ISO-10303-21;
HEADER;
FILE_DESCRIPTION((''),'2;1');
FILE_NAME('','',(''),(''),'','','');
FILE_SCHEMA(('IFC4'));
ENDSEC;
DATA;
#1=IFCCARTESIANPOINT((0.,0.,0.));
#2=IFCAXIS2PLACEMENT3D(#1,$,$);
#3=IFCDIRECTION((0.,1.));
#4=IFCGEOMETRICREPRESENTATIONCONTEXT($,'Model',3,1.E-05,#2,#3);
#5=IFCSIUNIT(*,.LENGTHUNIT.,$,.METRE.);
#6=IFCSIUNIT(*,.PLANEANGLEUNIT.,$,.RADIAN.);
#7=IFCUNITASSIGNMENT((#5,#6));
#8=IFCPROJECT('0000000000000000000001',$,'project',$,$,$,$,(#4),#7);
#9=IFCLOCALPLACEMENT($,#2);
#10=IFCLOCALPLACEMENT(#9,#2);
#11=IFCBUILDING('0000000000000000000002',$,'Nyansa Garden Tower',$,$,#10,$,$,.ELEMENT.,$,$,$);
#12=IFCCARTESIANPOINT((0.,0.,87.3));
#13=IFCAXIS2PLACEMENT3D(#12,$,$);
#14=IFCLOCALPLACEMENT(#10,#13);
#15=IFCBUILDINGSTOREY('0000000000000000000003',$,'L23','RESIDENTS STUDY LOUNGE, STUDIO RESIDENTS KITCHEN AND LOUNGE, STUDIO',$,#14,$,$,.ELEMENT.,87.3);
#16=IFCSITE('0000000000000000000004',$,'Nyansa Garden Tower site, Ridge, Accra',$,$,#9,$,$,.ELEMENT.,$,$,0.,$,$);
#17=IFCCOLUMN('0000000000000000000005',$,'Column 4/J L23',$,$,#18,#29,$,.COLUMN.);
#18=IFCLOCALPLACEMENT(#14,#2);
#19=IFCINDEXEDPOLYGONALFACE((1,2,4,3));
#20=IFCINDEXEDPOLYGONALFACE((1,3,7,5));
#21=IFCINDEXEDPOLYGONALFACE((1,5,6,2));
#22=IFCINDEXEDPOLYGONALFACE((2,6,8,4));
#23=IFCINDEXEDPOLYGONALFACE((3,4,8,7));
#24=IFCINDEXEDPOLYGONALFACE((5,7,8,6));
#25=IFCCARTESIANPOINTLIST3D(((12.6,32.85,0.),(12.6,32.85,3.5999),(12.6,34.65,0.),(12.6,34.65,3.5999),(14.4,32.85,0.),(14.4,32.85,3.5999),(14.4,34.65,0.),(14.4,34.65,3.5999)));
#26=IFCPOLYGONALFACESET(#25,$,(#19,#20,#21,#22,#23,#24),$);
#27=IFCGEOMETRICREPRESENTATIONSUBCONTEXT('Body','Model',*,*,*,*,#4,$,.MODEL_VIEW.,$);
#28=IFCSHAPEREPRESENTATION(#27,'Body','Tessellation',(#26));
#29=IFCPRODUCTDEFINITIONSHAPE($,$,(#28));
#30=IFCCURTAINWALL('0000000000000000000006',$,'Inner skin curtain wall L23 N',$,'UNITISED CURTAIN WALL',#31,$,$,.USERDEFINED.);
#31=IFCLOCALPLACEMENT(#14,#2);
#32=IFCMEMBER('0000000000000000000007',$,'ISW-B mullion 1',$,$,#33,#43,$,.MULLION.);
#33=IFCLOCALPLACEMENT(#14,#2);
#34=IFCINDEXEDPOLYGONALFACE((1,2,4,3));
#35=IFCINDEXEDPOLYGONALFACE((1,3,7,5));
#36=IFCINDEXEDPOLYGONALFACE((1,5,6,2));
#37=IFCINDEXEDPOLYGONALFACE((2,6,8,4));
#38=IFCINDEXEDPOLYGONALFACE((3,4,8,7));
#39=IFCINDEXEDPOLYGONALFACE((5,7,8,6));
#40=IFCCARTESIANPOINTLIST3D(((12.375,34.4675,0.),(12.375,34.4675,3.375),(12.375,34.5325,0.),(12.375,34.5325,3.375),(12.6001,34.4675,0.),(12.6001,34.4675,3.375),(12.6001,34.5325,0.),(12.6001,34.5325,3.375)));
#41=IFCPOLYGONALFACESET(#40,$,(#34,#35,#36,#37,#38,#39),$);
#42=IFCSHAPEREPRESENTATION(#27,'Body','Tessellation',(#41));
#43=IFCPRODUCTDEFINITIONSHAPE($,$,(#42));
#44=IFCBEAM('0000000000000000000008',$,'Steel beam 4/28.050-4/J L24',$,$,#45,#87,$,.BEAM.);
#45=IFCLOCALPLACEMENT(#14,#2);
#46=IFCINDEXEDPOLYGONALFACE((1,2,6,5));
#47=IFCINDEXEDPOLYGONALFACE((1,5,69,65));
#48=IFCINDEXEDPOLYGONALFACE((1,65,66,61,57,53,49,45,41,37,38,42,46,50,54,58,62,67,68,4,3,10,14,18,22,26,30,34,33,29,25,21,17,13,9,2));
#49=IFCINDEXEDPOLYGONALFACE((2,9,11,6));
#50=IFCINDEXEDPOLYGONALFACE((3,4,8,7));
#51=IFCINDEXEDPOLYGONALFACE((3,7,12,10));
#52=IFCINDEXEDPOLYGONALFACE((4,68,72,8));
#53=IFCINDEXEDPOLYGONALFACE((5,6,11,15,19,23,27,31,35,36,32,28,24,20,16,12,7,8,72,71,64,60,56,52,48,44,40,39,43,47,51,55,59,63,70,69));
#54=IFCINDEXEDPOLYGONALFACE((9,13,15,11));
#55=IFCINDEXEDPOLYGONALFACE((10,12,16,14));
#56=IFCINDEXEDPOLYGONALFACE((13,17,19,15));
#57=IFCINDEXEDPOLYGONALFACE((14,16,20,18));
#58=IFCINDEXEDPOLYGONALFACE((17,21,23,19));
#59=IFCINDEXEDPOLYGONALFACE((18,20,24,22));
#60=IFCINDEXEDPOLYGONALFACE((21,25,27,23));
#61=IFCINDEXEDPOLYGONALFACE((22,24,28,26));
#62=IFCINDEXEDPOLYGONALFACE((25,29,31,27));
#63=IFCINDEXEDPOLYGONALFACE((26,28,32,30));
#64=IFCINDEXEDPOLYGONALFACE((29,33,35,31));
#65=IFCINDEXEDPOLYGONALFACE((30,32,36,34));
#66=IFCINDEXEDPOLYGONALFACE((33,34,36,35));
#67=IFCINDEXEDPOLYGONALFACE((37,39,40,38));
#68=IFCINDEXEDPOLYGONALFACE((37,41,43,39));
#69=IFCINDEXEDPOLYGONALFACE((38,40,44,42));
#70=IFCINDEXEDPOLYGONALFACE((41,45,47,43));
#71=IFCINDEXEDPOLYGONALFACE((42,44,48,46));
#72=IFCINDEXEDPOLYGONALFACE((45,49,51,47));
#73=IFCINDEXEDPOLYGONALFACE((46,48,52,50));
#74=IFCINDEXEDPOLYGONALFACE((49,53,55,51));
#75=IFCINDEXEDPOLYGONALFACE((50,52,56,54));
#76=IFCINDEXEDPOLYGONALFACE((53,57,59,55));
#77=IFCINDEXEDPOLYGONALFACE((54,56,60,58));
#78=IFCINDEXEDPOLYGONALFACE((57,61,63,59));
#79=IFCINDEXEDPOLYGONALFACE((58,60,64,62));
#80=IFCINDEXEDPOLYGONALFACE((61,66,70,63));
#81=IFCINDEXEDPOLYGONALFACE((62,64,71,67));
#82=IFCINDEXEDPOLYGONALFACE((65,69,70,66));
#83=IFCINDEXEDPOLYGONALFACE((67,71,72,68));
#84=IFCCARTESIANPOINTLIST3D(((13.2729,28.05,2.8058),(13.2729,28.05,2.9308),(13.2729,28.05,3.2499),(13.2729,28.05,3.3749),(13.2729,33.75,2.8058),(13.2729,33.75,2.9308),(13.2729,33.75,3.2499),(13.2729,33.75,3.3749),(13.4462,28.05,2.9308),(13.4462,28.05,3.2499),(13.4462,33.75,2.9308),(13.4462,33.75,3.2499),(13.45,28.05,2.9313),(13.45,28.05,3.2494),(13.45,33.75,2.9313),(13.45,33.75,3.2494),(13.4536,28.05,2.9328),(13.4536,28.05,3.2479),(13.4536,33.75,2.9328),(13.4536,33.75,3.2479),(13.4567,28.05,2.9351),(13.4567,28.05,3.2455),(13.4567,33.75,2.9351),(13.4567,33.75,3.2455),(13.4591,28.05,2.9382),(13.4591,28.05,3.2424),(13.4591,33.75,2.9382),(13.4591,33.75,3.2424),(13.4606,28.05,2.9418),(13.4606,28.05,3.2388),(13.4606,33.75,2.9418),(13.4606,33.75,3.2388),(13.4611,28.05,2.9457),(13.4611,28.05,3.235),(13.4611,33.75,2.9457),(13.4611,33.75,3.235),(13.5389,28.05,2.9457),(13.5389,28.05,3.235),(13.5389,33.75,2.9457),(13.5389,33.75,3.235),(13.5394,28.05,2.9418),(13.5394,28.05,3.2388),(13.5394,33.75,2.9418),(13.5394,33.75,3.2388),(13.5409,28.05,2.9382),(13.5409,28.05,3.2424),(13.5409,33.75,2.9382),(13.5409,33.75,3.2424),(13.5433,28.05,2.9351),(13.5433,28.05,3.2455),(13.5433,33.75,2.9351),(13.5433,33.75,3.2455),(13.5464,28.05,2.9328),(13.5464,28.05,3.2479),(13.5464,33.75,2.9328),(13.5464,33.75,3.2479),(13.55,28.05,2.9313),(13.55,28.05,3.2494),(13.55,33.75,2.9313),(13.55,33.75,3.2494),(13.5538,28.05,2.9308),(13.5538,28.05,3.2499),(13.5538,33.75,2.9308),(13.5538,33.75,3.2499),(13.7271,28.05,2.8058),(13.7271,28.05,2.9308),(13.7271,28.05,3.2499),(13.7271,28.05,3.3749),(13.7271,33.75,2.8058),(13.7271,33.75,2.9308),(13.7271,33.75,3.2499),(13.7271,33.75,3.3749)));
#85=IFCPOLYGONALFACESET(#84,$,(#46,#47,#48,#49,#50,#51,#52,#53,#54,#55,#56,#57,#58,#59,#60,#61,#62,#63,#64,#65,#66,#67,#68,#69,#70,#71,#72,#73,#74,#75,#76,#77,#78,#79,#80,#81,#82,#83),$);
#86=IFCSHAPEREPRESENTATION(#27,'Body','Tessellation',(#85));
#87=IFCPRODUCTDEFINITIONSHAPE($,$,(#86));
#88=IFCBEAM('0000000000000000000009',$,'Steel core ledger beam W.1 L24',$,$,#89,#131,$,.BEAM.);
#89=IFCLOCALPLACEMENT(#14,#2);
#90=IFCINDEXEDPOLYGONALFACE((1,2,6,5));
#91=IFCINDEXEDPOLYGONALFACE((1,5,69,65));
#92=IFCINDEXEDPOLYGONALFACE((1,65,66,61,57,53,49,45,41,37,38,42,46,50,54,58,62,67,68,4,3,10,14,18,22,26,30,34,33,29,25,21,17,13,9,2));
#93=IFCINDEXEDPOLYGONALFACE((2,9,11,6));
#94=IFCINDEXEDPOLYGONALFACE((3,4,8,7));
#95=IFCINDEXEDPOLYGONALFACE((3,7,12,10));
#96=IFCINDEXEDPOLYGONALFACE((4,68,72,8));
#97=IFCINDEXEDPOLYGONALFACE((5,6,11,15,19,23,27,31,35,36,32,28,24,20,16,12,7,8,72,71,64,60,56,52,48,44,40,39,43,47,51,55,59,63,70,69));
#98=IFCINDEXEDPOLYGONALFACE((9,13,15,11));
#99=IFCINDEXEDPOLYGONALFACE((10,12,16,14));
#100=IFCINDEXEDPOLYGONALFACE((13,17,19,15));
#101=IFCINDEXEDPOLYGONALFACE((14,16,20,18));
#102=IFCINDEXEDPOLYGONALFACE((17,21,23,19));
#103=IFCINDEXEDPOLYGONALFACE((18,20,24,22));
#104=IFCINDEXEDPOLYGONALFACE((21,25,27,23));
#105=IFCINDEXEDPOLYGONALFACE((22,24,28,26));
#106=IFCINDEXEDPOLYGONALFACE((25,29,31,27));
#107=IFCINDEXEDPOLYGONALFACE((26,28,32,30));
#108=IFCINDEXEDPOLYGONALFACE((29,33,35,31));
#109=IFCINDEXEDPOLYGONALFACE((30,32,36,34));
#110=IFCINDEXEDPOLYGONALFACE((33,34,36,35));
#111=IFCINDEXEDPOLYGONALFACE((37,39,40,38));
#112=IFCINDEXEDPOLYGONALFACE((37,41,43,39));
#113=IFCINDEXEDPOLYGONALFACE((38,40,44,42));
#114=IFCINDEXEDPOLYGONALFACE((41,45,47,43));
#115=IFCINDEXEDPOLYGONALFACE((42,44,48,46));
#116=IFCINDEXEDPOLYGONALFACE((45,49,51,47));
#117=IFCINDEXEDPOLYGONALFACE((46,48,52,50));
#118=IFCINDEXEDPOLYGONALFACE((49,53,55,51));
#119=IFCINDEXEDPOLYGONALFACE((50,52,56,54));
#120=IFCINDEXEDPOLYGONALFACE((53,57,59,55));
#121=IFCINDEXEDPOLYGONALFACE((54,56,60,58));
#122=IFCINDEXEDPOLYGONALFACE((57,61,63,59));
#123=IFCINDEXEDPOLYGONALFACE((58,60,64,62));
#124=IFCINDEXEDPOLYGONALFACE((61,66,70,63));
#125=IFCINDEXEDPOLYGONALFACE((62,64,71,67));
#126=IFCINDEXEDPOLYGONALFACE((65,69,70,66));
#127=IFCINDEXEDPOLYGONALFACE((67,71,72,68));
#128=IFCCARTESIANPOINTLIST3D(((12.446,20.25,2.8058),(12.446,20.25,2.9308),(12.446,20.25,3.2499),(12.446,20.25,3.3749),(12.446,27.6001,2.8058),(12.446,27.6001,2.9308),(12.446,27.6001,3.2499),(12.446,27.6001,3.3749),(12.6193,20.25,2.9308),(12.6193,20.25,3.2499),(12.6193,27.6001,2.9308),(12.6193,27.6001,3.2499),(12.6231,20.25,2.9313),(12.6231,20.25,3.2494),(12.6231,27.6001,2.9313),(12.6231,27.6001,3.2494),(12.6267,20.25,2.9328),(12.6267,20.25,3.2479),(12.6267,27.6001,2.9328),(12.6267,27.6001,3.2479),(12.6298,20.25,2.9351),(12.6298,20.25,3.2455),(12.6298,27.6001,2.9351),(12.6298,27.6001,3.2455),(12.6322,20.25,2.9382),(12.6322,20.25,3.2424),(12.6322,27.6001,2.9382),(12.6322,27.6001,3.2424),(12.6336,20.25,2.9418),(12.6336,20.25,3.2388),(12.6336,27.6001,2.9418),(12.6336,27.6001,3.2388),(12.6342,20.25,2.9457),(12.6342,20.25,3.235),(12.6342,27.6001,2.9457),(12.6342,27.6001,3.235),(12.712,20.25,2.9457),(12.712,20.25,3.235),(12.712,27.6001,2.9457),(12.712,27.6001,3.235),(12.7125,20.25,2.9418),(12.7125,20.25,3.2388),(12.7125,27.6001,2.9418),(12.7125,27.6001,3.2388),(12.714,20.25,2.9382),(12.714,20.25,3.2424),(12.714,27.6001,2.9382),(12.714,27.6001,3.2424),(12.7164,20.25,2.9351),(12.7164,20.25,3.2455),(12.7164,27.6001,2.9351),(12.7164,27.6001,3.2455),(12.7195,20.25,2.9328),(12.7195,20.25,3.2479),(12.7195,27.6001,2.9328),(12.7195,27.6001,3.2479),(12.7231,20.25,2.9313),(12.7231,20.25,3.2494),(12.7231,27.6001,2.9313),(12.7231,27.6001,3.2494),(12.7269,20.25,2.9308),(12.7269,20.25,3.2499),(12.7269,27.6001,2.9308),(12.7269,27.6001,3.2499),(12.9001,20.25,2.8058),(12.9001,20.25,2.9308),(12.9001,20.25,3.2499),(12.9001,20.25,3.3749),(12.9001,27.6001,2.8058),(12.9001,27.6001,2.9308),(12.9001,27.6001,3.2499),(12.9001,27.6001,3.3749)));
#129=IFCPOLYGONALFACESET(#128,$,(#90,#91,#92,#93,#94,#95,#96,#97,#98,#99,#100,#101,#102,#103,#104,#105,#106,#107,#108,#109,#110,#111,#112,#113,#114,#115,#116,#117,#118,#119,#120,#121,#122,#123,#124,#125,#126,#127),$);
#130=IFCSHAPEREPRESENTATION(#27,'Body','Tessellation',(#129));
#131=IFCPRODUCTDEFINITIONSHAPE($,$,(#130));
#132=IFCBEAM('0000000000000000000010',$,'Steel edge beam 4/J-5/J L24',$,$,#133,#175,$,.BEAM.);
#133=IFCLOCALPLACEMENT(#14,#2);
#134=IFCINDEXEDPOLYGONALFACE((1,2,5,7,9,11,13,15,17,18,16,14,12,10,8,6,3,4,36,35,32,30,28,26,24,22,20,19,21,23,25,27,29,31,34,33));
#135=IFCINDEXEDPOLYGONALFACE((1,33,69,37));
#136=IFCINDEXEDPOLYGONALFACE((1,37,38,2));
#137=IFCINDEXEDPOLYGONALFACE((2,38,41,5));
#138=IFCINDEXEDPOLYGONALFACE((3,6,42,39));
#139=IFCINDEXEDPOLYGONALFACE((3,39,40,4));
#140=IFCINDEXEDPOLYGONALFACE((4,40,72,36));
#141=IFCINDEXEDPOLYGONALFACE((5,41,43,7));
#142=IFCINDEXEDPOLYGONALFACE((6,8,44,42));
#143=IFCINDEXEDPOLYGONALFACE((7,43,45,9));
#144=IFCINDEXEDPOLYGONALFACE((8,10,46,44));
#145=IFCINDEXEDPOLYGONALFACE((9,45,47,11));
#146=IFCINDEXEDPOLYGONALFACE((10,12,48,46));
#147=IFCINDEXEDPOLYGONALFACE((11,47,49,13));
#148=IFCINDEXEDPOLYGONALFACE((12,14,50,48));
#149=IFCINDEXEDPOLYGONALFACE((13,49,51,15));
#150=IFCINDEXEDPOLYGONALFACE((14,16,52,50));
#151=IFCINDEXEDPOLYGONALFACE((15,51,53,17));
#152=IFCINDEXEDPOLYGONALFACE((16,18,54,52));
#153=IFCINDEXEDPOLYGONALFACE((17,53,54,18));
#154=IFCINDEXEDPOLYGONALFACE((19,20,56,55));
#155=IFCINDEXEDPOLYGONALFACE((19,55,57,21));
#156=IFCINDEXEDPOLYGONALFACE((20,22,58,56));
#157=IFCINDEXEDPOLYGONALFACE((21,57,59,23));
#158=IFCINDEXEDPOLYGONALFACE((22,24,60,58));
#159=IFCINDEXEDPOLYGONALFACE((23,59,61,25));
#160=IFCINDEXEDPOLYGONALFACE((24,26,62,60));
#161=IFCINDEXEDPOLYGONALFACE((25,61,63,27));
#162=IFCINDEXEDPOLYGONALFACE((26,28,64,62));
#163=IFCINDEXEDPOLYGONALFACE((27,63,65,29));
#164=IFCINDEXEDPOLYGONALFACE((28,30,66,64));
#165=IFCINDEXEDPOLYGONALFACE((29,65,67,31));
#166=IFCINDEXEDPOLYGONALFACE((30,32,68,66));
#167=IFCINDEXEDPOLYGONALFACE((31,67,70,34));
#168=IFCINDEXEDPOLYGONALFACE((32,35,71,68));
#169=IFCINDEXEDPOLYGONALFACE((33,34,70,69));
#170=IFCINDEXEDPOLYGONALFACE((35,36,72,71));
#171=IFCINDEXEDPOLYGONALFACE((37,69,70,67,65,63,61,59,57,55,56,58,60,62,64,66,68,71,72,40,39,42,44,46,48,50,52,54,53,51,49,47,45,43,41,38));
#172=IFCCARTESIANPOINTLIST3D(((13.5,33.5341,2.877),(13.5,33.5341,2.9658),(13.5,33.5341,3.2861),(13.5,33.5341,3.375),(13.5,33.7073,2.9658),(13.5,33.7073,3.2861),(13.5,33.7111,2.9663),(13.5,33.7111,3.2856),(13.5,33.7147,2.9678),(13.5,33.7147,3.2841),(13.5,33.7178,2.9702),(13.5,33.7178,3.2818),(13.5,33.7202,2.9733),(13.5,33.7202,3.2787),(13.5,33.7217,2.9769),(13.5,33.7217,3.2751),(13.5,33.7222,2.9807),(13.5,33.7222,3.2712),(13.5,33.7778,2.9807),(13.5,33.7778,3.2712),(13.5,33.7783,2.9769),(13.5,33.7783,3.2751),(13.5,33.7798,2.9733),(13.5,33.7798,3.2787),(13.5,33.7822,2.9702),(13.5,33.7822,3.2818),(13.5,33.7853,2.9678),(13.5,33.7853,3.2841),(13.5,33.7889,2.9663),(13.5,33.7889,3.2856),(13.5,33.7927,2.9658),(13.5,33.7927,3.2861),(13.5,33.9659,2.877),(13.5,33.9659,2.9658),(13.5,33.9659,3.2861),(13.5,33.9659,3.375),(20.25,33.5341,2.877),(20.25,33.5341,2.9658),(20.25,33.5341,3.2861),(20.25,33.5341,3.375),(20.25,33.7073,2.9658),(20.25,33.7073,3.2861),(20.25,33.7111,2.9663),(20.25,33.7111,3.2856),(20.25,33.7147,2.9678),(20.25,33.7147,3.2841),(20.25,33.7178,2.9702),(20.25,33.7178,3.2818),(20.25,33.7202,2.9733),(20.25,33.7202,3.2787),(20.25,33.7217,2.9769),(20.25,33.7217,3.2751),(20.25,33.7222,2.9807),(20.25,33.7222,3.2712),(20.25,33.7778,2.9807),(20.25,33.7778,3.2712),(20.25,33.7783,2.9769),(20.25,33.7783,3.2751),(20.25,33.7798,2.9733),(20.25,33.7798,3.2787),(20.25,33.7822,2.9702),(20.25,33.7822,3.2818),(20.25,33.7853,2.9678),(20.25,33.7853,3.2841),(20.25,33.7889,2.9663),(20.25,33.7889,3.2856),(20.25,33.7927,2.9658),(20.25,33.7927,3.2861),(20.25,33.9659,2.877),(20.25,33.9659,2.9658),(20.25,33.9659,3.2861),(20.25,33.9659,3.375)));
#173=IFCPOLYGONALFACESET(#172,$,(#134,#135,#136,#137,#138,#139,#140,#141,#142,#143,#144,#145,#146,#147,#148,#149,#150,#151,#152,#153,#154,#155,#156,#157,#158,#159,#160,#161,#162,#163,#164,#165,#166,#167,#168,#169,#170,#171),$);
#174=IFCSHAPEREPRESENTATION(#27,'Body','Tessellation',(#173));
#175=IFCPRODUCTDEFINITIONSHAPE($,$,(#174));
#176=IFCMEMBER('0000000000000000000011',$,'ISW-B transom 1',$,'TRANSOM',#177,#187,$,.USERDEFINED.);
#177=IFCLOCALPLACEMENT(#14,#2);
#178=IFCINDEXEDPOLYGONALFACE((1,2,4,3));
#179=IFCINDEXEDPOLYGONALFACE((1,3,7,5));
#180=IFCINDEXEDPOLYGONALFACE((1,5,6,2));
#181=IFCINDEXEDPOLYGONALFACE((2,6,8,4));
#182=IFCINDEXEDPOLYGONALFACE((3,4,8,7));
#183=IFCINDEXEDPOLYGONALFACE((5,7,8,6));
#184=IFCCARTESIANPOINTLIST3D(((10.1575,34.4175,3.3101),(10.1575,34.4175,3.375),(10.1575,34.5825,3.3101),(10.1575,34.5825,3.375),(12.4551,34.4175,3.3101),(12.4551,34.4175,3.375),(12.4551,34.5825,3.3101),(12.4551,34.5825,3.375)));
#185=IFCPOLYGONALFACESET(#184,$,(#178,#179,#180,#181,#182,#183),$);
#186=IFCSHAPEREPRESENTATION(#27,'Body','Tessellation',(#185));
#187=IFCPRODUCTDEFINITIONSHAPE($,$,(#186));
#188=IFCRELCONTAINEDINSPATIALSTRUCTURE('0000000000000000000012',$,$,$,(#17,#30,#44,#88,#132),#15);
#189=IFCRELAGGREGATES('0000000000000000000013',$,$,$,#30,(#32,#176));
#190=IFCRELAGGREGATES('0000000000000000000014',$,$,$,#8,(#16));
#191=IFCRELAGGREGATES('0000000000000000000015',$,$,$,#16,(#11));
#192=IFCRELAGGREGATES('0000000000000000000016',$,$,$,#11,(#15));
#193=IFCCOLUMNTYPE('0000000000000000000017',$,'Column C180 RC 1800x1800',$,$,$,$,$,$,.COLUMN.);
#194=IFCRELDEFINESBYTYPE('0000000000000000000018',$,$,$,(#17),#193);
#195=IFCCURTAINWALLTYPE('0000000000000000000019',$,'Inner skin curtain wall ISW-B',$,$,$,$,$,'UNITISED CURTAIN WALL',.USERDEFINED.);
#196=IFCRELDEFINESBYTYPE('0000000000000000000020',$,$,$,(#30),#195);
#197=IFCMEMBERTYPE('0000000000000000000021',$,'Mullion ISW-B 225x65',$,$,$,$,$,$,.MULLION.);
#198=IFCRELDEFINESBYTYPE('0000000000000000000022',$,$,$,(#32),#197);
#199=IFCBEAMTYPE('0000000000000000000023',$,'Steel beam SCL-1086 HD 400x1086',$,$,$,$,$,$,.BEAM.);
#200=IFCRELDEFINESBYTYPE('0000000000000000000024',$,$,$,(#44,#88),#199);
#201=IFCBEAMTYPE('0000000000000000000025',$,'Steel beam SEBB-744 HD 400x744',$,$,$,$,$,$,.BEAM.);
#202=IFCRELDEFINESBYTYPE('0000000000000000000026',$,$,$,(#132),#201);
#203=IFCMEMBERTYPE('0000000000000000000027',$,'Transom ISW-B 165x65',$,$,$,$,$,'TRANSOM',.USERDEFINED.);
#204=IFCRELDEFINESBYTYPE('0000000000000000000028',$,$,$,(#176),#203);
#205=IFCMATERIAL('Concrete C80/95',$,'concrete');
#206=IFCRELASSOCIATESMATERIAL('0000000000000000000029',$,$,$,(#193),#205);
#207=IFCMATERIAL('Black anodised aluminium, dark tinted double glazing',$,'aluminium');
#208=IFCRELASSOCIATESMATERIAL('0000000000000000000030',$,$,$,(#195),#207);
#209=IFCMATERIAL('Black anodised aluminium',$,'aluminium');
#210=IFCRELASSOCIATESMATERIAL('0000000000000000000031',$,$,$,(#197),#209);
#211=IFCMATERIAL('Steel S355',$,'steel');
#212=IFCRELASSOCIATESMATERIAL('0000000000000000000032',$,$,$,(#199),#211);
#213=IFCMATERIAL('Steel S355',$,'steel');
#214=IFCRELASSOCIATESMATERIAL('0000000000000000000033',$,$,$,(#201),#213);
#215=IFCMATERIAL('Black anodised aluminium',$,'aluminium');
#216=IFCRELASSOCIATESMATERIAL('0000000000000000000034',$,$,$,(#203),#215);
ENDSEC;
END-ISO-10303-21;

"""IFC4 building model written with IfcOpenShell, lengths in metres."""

from ifc_helpers import new_model, si_unit, direction, frame, origin, origin_2d, place, context, subcontext, project, spatial, rectangle, i_section, extrude, material, material_profile, profile_set, type_object, element, aggregate, save


model = new_model("IFC4")

# Units and contexts
model_context = context("Model", 3, precision=1e-05, world=origin(), true_north=direction((0.0, 1.0)))
body_context = subcontext(model_context, "Body", "Model", "MODEL_VIEW")
ifc_project = project(units=[si_unit("LENGTHUNIT", "METRE"), si_unit("PLANEANGLEUNIT", "RADIAN")], contexts=[model_context])

# Site, building, storey
site_placement = place(None, origin())
site = spatial("IfcSite", under=ifc_project, at=site_placement, Name="Nyansa Garden Tower site, Ridge, Accra", CompositionType="ELEMENT", RefElevation=0.0)
building_placement = place(site_placement, origin())
building = spatial("IfcBuilding", under=site, at=building_placement, Name="Nyansa Garden Tower", CompositionType="ELEMENT")
storey_placement = place(building_placement, frame((0.0, 0.0, 87.3)))
storey = spatial("IfcBuildingStorey", under=building, at=storey_placement, Name="L23", Description="RESIDENTS STUDY LOUNGE, STUDIO RESIDENTS KITCHEN AND LOUNGE, STUDIO", CompositionType="ELEMENT", Elevation=87.3)

# Column
ifc_material_1 = material(Name="Concrete C80/95", Category="concrete")
ifc_material_profile_1 = material_profile(ifc_material_1, rectangle(XDim=1.8, YDim=1.8, at=origin_2d()), Name="RC 1800x1800")
ifc_profile_set_1 = profile_set([ifc_material_profile_1], Name="Concrete C80/95")
column_type = type_object("IfcColumnType", Name="Column C180 RC 1800x1800", PredefinedType="COLUMN", material=ifc_profile_set_1)
column_placement = place(storey_placement, frame((13.5, 33.75, 0.0), z_axis=(0.0, 0.0, 1.0), x_axis=(1.0, 0.0, 0.0)))
element("IfcColumn", 1, at=column_placement, inside=storey, type_object=column_type, Name="Column 4/J L23", PredefinedType="COLUMN", context=body_context, shape_type="SweptSolid", body=[
    extrude(rectangle(XDim=1.8, YDim=1.8, at=origin_2d()), origin(), (0.0, 0.0, 1.0), 3.5999),
])

# Curtain wall, member
ifc_material_2 = material(Name="Black anodised aluminium, dark tinted double glazing", Category="aluminium")
curtain_wall_type = type_object("IfcCurtainWallType", Name="Inner skin curtain wall ISW-B", ElementType="UNITISED CURTAIN WALL", PredefinedType="USERDEFINED", material=ifc_material_2)
curtain_wall_placement = place(storey_placement, origin())
curtain_wall = element("IfcCurtainWall", 2, at=curtain_wall_placement, inside=storey, type_object=curtain_wall_type, Name="Inner skin curtain wall L23 N", ObjectType="UNITISED CURTAIN WALL", PredefinedType="USERDEFINED")
ifc_material_3 = material(Name="Black anodised aluminium", Category="aluminium")
ifc_material_profile_2 = material_profile(ifc_material_3, rectangle(XDim=0.0649, YDim=0.2251, at=origin_2d()), Name="Mullion 225x65")
ifc_profile_set_2 = profile_set([ifc_material_profile_2], Name="Black anodised aluminium")
member_type_1 = type_object("IfcMemberType", Name="Mullion ISW-B 225x65", PredefinedType="MULLION", material=ifc_profile_set_2)
member_1_placement = place(storey_placement, frame((12.4875, 34.5, 0.0), z_axis=(0.0, 0.0, 1.0), x_axis=(0.0, -1.0, 0.0)))
member_1 = element("IfcMember", 3, at=member_1_placement, type_object=member_type_1, Name="ISW-B mullion 1", PredefinedType="MULLION", context=body_context, shape_type="SweptSolid", body=[
    extrude(rectangle(XDim=0.0649, YDim=0.2251, at=origin_2d()), origin(), (0.0, 0.0, 1.0), 3.375),
])

# Beams
ifc_material_4 = material(Name="Steel S355", Category="steel")
ifc_material_profile_3 = material_profile(ifc_material_4, i_section(OverallWidth=0.4541, OverallDepth=0.5691, WebThickness=0.0779, FlangeThickness=0.125, FilletRadius=0.0149, at=origin_2d()), Name="HD 400x1086")
ifc_profile_set_3 = profile_set([ifc_material_profile_3], Name="Steel S355")
beam_type_1 = type_object("IfcBeamType", Name="Steel beam SCL-1086 HD 400x1086", PredefinedType="BEAM", material=ifc_profile_set_3)
beam_1_placement = place(storey_placement, frame((13.5, 28.05, 3.0903), z_axis=(0.0, 1.0, 0.0), x_axis=(-1.0, 0.0, 0.0)))
element("IfcBeam", 4, at=beam_1_placement, inside=storey, type_object=beam_type_1, Name="Steel beam 4/28.050-4/J L24", PredefinedType="BEAM", context=body_context, shape_type="SweptSolid", body=[
    extrude(i_section(OverallWidth=0.4541, OverallDepth=0.5691, WebThickness=0.0779, FlangeThickness=0.125, FilletRadius=0.0149, at=origin_2d()), origin(), (0.0, 0.0, 1.0), 5.7),
])
beam_2_placement = place(storey_placement, frame((12.6731, 27.6001, 3.0903), z_axis=(0.0, -1.0, 0.0), x_axis=(1.0, 0.0, 0.0)))
element("IfcBeam", 5, at=beam_2_placement, inside=storey, type_object=beam_type_1, Name="Steel core ledger beam W.1 L24", PredefinedType="BEAM", context=body_context, shape_type="SweptSolid", body=[
    extrude(i_section(OverallWidth=0.4541, OverallDepth=0.5691, WebThickness=0.0779, FlangeThickness=0.125, FilletRadius=0.0149, at=origin_2d()), origin(), (0.0, 0.0, 1.0), 7.3501),
])
ifc_material_5 = material(Name="Steel S355", Category="steel")
ifc_material_profile_4 = material_profile(ifc_material_5, i_section(OverallWidth=0.4319, OverallDepth=0.498, WebThickness=0.0557, FlangeThickness=0.0889, FilletRadius=0.0149, at=origin_2d()), Name="HD 400x744")
ifc_profile_set_4 = profile_set([ifc_material_profile_4], Name="Steel S355")
beam_type_2 = type_object("IfcBeamType", Name="Steel beam SEBB-744 HD 400x744", PredefinedType="BEAM", material=ifc_profile_set_4)
beam_3_placement = place(storey_placement, frame((13.5, 33.75, 3.126), z_axis=(1.0, 0.0, 0.0), x_axis=(0.0, 1.0, 0.0)))
element("IfcBeam", 6, at=beam_3_placement, inside=storey, type_object=beam_type_2, Name="Steel edge beam 4/J-5/J L24", PredefinedType="BEAM", context=body_context, shape_type="SweptSolid", body=[
    extrude(i_section(OverallWidth=0.4319, OverallDepth=0.498, WebThickness=0.0557, FlangeThickness=0.0889, FilletRadius=0.0149, at=origin_2d()), origin(), (0.0, 0.0, 1.0), 6.75),
])

# Member
ifc_material_6 = material(Name="Black anodised aluminium", Category="aluminium")
ifc_material_profile_5 = material_profile(ifc_material_6, rectangle(XDim=0.165, YDim=0.0649, at=origin_2d()), Name="Transom 165x65")
ifc_profile_set_5 = profile_set([ifc_material_profile_5], Name="Black anodised aluminium")
member_type_2 = type_object("IfcMemberType", Name="Transom ISW-B 165x65", ElementType="TRANSOM", PredefinedType="USERDEFINED", material=ifc_profile_set_5)
member_2_placement = place(storey_placement, frame((12.4551, 34.5, 3.3425), z_axis=(-1.0, 0.0, 0.0), x_axis=(0.0, -1.0, 0.0)))
member_2 = element("IfcMember", 7, at=member_2_placement, type_object=member_type_2, Name="ISW-B transom 1", ObjectType="TRANSOM", PredefinedType="USERDEFINED", context=body_context, shape_type="SweptSolid", body=[
    extrude(rectangle(XDim=0.165, YDim=0.0649, at=origin_2d()), origin(), (0.0, 0.0, 1.0), 2.2976),
])

aggregate(curtain_wall, [member_1, member_2])

save(model, "model.ifc")
